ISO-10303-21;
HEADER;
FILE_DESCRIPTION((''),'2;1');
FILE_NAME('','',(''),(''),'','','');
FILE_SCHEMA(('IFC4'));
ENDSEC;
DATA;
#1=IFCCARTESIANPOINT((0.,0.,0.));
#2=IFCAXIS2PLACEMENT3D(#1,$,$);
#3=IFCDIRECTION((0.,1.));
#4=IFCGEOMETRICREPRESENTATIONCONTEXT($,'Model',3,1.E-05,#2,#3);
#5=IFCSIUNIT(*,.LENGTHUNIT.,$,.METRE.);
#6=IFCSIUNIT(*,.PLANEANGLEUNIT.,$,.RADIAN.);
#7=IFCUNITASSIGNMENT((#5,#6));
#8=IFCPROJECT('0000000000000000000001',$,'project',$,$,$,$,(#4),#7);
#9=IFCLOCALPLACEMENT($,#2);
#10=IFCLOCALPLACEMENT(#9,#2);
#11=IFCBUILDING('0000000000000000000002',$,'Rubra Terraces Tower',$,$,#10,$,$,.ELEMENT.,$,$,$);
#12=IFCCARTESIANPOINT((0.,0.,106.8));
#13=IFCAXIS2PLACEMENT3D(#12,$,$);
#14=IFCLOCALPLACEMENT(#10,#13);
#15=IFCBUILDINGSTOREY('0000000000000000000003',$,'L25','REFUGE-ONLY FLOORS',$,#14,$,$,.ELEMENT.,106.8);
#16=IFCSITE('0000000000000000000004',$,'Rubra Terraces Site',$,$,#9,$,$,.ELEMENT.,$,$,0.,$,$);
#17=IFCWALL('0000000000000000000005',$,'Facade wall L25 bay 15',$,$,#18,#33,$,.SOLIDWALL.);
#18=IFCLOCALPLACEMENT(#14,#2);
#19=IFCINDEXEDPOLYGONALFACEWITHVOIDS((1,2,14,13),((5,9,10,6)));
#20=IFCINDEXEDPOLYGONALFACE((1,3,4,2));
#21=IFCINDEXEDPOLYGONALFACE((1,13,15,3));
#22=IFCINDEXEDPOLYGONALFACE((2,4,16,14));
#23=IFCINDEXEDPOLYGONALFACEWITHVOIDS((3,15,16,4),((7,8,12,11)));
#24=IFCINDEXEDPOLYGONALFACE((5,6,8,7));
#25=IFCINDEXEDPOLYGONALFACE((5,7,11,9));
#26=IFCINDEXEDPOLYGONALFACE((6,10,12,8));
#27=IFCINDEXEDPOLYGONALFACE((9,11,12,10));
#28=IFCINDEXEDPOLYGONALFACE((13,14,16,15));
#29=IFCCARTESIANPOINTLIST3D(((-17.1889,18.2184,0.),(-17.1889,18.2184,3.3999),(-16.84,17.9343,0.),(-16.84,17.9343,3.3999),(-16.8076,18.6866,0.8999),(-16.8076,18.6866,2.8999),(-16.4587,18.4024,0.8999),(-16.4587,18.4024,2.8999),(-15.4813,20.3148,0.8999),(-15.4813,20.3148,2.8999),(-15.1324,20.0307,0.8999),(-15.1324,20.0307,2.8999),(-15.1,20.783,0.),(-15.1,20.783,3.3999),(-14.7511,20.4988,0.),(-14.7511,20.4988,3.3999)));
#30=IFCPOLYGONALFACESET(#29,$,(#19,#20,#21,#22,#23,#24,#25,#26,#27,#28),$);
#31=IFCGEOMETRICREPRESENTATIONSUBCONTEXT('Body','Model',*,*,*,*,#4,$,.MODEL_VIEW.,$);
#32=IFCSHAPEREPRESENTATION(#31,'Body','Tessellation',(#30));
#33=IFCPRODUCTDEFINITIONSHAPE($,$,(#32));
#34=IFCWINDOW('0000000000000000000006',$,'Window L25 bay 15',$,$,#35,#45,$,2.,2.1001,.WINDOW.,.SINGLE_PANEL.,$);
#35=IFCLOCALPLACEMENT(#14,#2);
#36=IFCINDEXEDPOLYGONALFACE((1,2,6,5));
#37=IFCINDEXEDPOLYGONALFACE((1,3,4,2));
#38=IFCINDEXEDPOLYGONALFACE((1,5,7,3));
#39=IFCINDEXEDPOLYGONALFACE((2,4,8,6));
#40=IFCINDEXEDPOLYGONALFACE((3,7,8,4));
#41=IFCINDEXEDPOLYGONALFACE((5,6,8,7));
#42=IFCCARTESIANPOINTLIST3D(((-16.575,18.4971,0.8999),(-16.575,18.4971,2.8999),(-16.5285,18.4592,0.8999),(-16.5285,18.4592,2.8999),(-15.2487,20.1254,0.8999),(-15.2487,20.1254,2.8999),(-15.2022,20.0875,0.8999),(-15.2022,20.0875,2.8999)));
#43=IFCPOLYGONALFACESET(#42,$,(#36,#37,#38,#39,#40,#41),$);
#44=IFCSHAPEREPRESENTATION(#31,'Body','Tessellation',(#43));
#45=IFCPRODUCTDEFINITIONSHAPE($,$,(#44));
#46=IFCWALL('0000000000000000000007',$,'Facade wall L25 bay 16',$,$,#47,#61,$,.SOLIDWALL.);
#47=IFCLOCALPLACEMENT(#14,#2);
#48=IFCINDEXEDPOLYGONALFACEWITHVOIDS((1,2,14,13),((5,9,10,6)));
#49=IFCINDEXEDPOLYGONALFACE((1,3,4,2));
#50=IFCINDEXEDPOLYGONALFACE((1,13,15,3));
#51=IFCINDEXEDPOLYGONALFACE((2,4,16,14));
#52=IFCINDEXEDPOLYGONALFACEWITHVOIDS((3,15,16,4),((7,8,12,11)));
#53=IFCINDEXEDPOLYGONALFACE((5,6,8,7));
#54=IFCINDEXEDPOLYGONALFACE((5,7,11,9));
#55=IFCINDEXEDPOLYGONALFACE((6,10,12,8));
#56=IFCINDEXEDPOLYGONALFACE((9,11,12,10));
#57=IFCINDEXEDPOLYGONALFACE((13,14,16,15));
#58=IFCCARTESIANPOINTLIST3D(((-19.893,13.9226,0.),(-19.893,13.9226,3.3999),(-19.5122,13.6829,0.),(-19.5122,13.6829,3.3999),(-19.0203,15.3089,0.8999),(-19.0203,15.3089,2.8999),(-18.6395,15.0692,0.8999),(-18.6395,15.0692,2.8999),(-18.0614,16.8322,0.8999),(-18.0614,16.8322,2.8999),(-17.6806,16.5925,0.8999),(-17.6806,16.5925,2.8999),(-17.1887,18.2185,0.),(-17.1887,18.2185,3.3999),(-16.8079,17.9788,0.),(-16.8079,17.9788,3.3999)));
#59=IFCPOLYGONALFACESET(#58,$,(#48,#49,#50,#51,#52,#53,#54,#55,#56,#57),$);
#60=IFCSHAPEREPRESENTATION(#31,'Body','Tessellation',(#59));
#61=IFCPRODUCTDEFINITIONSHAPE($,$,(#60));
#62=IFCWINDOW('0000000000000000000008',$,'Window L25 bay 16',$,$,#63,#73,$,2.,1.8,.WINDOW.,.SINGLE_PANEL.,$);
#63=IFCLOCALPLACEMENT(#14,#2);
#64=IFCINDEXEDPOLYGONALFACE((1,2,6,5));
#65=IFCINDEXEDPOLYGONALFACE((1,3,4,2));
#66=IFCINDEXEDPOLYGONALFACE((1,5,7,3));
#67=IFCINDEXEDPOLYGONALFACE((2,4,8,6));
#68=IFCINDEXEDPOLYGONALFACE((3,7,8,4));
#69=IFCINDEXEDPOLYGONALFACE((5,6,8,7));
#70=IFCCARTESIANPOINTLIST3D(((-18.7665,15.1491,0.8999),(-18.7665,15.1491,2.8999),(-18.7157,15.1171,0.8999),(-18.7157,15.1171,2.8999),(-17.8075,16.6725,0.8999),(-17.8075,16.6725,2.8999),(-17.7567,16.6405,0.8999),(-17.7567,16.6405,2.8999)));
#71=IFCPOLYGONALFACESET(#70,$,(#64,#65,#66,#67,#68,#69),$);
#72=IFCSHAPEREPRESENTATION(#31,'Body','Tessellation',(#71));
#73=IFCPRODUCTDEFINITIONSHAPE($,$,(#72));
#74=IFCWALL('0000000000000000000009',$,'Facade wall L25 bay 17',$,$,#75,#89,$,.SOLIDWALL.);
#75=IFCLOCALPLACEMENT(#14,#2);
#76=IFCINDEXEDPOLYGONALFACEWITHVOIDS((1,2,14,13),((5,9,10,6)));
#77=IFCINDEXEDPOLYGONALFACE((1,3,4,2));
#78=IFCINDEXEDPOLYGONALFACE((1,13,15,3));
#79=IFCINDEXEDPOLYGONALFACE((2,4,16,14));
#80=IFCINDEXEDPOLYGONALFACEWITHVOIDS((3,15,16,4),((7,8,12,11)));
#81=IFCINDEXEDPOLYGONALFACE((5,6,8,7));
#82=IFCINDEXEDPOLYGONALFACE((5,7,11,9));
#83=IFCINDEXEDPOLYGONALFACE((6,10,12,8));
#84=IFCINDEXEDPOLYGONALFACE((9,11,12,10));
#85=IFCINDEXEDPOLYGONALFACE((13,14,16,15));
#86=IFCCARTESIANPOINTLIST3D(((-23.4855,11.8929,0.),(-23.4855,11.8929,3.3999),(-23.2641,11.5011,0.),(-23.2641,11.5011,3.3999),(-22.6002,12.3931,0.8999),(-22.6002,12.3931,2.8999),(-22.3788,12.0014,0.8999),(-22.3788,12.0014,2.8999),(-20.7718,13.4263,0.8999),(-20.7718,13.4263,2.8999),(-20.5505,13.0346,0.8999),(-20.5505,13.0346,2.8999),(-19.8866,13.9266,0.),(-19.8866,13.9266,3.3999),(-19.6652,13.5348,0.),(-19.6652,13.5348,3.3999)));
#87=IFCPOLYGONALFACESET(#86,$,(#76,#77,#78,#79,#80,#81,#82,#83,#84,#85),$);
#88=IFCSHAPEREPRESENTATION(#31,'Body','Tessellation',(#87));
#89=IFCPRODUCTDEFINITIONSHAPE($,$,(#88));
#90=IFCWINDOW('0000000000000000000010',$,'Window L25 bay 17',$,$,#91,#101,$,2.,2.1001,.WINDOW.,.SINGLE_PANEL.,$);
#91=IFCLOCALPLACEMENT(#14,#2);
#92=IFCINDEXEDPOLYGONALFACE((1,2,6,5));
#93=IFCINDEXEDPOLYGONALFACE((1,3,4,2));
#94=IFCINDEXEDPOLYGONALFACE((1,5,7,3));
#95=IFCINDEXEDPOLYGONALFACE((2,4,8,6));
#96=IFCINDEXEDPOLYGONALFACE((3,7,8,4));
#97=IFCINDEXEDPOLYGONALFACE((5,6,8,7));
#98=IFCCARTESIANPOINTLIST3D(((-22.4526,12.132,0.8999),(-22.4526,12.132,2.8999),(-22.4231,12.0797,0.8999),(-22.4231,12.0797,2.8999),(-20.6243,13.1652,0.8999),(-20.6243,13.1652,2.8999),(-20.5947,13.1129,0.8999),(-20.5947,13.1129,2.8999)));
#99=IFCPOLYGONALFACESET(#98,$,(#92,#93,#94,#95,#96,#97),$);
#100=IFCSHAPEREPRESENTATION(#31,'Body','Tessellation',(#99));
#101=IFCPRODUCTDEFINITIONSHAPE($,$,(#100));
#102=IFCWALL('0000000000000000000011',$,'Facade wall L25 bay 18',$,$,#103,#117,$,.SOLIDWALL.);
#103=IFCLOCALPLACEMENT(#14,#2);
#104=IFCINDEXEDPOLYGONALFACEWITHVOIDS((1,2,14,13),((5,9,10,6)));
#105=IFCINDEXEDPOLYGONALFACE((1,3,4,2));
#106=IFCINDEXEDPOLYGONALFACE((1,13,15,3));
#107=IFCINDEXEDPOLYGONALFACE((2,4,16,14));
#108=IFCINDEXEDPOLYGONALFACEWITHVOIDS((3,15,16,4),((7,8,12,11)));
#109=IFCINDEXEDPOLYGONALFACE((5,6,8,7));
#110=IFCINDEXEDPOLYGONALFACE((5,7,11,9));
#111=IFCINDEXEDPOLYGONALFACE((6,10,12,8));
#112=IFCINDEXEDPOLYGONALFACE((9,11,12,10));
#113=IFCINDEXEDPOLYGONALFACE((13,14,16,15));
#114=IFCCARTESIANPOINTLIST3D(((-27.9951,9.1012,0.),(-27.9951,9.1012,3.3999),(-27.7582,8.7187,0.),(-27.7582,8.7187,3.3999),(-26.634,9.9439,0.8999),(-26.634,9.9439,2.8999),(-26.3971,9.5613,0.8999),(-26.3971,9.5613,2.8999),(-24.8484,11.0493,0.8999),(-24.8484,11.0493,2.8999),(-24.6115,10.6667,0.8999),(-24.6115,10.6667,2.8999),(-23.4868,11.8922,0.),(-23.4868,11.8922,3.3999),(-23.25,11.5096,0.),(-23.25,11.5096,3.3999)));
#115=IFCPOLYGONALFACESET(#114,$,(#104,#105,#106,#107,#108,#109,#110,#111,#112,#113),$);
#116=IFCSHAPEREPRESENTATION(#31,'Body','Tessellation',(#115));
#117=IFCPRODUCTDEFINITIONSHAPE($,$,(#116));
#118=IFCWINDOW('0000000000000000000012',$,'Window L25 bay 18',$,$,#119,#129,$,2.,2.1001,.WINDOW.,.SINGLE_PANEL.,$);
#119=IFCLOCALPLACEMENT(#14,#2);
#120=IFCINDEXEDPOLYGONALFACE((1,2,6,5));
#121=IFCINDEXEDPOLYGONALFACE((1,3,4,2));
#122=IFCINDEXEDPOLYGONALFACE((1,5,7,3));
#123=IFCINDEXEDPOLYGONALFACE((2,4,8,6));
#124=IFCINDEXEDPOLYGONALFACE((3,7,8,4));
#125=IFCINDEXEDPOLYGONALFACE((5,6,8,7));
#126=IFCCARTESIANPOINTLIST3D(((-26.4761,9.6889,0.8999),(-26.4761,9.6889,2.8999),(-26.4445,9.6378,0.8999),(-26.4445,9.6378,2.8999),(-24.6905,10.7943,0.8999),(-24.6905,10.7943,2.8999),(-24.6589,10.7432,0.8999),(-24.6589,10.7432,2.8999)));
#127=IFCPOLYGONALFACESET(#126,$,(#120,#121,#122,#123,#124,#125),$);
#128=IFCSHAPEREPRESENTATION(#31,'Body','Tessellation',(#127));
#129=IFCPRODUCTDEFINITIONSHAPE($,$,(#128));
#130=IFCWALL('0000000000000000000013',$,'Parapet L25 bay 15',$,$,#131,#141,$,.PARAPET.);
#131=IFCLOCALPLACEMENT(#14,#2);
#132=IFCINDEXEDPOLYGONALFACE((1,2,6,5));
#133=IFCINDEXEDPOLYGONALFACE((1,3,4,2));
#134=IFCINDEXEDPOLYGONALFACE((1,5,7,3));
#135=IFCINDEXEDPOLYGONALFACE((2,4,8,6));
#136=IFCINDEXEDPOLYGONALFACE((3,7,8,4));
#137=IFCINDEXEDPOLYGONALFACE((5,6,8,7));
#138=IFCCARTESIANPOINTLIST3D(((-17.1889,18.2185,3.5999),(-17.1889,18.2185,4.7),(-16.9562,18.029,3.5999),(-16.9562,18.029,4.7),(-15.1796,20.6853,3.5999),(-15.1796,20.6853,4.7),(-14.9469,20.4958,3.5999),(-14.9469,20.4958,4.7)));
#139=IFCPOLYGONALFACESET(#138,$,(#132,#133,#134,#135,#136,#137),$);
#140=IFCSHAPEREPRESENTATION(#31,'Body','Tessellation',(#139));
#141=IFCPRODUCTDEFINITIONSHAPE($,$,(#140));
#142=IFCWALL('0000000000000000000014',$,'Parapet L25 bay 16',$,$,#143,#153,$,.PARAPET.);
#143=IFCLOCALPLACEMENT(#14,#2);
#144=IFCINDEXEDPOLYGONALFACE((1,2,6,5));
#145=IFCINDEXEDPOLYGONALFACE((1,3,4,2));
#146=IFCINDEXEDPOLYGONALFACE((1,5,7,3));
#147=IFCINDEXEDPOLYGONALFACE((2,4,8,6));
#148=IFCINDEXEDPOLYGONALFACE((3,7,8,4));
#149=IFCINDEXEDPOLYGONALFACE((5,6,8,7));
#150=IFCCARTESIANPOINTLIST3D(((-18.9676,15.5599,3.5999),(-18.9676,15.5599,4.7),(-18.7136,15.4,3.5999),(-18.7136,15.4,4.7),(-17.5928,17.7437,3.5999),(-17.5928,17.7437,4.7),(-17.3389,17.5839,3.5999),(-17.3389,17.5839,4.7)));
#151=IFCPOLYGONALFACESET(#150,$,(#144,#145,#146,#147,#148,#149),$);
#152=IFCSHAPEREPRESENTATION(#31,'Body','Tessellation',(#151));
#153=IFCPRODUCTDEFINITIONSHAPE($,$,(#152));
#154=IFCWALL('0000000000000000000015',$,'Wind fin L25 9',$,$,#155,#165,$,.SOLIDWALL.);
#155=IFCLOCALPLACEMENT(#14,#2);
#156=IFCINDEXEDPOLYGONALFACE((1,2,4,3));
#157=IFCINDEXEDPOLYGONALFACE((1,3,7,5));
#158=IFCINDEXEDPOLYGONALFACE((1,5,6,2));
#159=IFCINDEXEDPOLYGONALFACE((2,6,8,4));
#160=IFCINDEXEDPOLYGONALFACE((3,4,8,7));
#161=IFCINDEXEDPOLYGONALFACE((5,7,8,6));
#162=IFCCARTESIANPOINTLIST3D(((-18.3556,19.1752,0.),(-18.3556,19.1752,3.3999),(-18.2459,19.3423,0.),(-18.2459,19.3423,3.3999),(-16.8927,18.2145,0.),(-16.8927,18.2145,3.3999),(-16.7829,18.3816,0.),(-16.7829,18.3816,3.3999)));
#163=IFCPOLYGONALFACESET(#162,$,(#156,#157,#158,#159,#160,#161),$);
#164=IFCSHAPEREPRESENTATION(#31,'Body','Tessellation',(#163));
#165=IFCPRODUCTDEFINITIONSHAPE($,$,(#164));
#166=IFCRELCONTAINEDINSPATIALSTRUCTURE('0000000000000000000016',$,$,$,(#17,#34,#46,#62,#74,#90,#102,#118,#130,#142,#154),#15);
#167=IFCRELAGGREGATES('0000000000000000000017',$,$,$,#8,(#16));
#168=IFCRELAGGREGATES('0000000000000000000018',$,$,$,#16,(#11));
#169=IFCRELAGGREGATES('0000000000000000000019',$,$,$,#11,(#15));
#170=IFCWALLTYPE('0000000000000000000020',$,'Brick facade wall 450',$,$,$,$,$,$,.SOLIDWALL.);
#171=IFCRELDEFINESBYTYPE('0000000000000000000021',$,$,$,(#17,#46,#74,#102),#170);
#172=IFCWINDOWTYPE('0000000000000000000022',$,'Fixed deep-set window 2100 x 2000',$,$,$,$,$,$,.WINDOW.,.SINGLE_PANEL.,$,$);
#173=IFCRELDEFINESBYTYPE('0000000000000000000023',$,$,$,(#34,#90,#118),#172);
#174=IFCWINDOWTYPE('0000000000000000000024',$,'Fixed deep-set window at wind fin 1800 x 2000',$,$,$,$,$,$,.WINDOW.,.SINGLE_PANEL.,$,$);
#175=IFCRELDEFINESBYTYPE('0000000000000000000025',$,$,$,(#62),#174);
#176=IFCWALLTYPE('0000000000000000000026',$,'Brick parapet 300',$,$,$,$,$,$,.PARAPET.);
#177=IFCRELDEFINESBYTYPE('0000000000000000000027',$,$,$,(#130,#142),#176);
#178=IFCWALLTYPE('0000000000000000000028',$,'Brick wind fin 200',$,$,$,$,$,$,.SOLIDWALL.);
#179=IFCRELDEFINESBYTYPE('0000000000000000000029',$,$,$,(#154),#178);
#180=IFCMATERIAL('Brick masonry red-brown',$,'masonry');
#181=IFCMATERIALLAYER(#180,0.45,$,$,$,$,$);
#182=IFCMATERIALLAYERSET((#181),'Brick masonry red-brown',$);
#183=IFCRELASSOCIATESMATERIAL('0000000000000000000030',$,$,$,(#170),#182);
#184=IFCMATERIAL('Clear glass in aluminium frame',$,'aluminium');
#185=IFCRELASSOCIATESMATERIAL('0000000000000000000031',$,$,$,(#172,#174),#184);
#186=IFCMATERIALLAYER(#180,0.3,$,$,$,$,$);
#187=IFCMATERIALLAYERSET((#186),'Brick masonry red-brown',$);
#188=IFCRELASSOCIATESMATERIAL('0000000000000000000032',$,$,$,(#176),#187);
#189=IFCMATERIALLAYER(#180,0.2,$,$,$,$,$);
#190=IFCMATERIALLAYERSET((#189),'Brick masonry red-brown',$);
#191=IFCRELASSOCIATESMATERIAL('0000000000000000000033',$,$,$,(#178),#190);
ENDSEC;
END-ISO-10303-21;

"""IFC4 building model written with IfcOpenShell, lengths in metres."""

from ifc_helpers import new_model, si_unit, direction, frame, frame_2d, origin, place, context, subcontext, project, spatial, rectangle, extrude, material, layer, layer_set, type_object, element, fill, save


model = new_model("IFC4")

# Units and contexts
model_context = context("Model", 3, precision=1e-05, world=origin(), true_north=direction((0.0, 1.0)))
body_context = subcontext(model_context, "Body", "Model", "MODEL_VIEW")
ifc_project = project(units=[si_unit("LENGTHUNIT", "METRE"), si_unit("PLANEANGLEUNIT", "RADIAN")], contexts=[model_context])

# Site, building, storey
site_placement = place(None, origin())
site = spatial("IfcSite", under=ifc_project, at=site_placement, Name="Rubra Terraces Site", CompositionType="ELEMENT", RefElevation=0.0)
building_placement = place(site_placement, origin())
building = spatial("IfcBuilding", under=site, at=building_placement, Name="Rubra Terraces Tower", CompositionType="ELEMENT")
storey_placement = place(building_placement, frame((0.0, 0.0, 106.8)))
storey = spatial("IfcBuildingStorey", under=building, at=storey_placement, Name="L25", Description="REFUGE-ONLY FLOORS", CompositionType="ELEMENT", Elevation=106.8)

# Walls, openings, windows
ifc_material_1 = material(Name="Brick masonry red-brown", Category="masonry")
ifc_layer_1 = layer(ifc_material_1, 0.45)
ifc_layer_set_1 = layer_set([ifc_layer_1], Name="Brick masonry red-brown")
wall_type_1 = type_object("IfcWallType", Name="Brick facade wall 450", PredefinedType="SOLIDWALL", material=ifc_layer_set_1)
wall_1_placement = place(storey_placement, frame((-14.9255, 20.6409, 0.0), z_axis=(0.0, 0.0, 1.0), x_axis=(-0.631548, -0.775337, 0.0)))
wall_1 = element("IfcWall", 1, at=wall_1_placement, inside=storey, type_object=wall_type_1, Name="Facade wall L25 bay 15", PredefinedType="SOLIDWALL", context=body_context, shape_type="SweptSolid", body=[
    extrude(rectangle(XDim=3.3076, YDim=0.45, at=frame_2d((1.6538, 0.0))), origin(), (0.0, 0.0, 1.0), 3.3999),
])
opening_1_placement = place(wall_1_placement, frame((0.6038, 0.0, 0.8999)))
opening_1 = element("IfcOpeningElement", 2, at=opening_1_placement, cuts=wall_1, PredefinedType="OPENING", context=body_context, shape_type="SweptSolid", body=[
    extrude(rectangle(XDim=2.1001, YDim=2.0, at=frame_2d((1.05, 1.0))), frame((0.0, 0.2349, 0.0), z_axis=(0.0, -1.0, 0.0), x_axis=(1.0, 0.0, 0.0)), (0.0, 0.0, 1.0), 0.47),
])
ifc_material_2 = material(Name="Clear glass in aluminium frame", Category="aluminium")
window_type_1 = type_object("IfcWindowType", Name="Fixed deep-set window 2100 x 2000", PartitioningType="SINGLE_PANEL", PredefinedType="WINDOW", material=ifc_material_2)
window_1_placement = place(opening_1_placement, origin())
window_1 = element("IfcWindow", 3, at=window_1_placement, inside=storey, type_object=window_type_1, Name="Window L25 bay 15", OverallHeight=2.0, OverallWidth=2.1001, PartitioningType="SINGLE_PANEL", PredefinedType="WINDOW", context=body_context, shape_type="SweptSolid", body=[
    extrude(rectangle(XDim=2.1001, YDim=2.0, at=frame_2d((1.05, 1.0))), frame((0.0, 0.135, 0.0), z_axis=(0.0, -1.0, 0.0), x_axis=(1.0, 0.0, 0.0)), (0.0, 0.0, 1.0), 0.0601),
])
fill(opening_1, window_1)
wall_2_placement = place(storey_placement, frame((-16.9983, 18.0986, 0.0), z_axis=(0.0, 0.0, 1.0), x_axis=(-0.532746, -0.846275, 0.0)))
wall_2 = element("IfcWall", 4, at=wall_2_placement, inside=storey, type_object=wall_type_1, Name="Facade wall L25 bay 16", PredefinedType="SOLIDWALL", context=body_context, shape_type="SweptSolid", body=[
    extrude(rectangle(XDim=5.0762, YDim=0.45, at=frame_2d((2.5381, 0.0))), origin(), (0.0, 0.0, 1.0), 3.3999),
])
opening_2_placement = place(wall_2_placement, frame((1.6382, 0.0, 0.8999)))
opening_2 = element("IfcOpeningElement", 5, at=opening_2_placement, cuts=wall_2, PredefinedType="OPENING", context=body_context, shape_type="SweptSolid", body=[
    extrude(rectangle(XDim=1.8, YDim=2.0, at=frame_2d((0.8999, 1.0))), frame((0.0, 0.2349, 0.0), z_axis=(0.0, -1.0, 0.0), x_axis=(1.0, 0.0, 0.0)), (0.0, 0.0, 1.0), 0.47),
])
window_type_2 = type_object("IfcWindowType", Name="Fixed deep-set window at wind fin 1800 x 2000", PartitioningType="SINGLE_PANEL", PredefinedType="WINDOW", material=ifc_material_2)
window_2_placement = place(opening_2_placement, origin())
window_2 = element("IfcWindow", 6, at=window_2_placement, inside=storey, type_object=window_type_2, Name="Window L25 bay 16", OverallHeight=2.0, OverallWidth=1.8, PartitioningType="SINGLE_PANEL", PredefinedType="WINDOW", context=body_context, shape_type="SweptSolid", body=[
    extrude(rectangle(XDim=1.8, YDim=2.0, at=frame_2d((0.8999, 1.0))), frame((0.0, 0.135, 0.0), z_axis=(0.0, -1.0, 0.0), x_axis=(1.0, 0.0, 0.0)), (0.0, 0.0, 1.0), 0.0601),
])
fill(opening_2, window_2)
wall_3_placement = place(storey_placement, frame((-19.7759, 13.7307, 0.0), z_axis=(0.0, 0.0, 1.0), x_axis=(-0.87061, -0.491974, 0.0)))
wall_3 = element("IfcWall", 7, at=wall_3_placement, inside=storey, type_object=wall_type_1, Name="Facade wall L25 bay 17", PredefinedType="SOLIDWALL", context=body_context, shape_type="SweptSolid", body=[
    extrude(rectangle(XDim=4.1338, YDim=0.45, at=frame_2d((2.0669, 0.0))), origin(), (0.0, 0.0, 1.0), 3.3999),
])
opening_3_placement = place(wall_3_placement, frame((1.0168, 0.0, 0.8999)))
opening_3 = element("IfcOpeningElement", 8, at=opening_3_placement, cuts=wall_3, PredefinedType="OPENING", context=body_context, shape_type="SweptSolid", body=[
    extrude(rectangle(XDim=2.1001, YDim=2.0, at=frame_2d((1.05, 1.0))), frame((0.0, 0.2349, 0.0), z_axis=(0.0, -1.0, 0.0), x_axis=(1.0, 0.0, 0.0)), (0.0, 0.0, 1.0), 0.47),
])
window_3_placement = place(opening_3_placement, origin())
window_3 = element("IfcWindow", 9, at=window_3_placement, inside=storey, type_object=window_type_1, Name="Window L25 bay 17", OverallHeight=2.0, OverallWidth=2.1001, PartitioningType="SINGLE_PANEL", PredefinedType="WINDOW", context=body_context, shape_type="SweptSolid", body=[
    extrude(rectangle(XDim=2.1001, YDim=2.0, at=frame_2d((1.05, 1.0))), frame((0.0, 0.135, 0.0), z_axis=(0.0, -1.0, 0.0), x_axis=(1.0, 0.0, 0.0)), (0.0, 0.0, 1.0), 0.0601),
])
fill(opening_3, window_3)
wall_4_placement = place(storey_placement, frame((-23.3684, 11.7009, 0.0), z_axis=(0.0, 0.0, 1.0), x_axis=(-0.850251, -0.526377, 0.0)))
wall_4 = element("IfcWall", 10, at=wall_4_placement, inside=storey, type_object=wall_type_1, Name="Facade wall L25 bay 18", PredefinedType="SOLIDWALL", context=body_context, shape_type="SweptSolid", body=[
    extrude(rectangle(XDim=5.3022, YDim=0.45, at=frame_2d((2.6511, 0.0))), origin(), (0.0, 0.0, 1.0), 3.3999),
])
opening_4_placement = place(wall_4_placement, frame((1.6013, 0.0, 0.8999)))
opening_4 = element("IfcOpeningElement", 11, at=opening_4_placement, cuts=wall_4, PredefinedType="OPENING", context=body_context, shape_type="SweptSolid", body=[
    extrude(rectangle(XDim=2.1001, YDim=2.0, at=frame_2d((1.05, 1.0))), frame((0.0, 0.2349, 0.0), z_axis=(0.0, -1.0, 0.0), x_axis=(1.0, 0.0, 0.0)), (0.0, 0.0, 1.0), 0.47),
])
window_4_placement = place(opening_4_placement, origin())
window_4 = element("IfcWindow", 12, at=window_4_placement, inside=storey, type_object=window_type_1, Name="Window L25 bay 18", OverallHeight=2.0, OverallWidth=2.1001, PartitioningType="SINGLE_PANEL", PredefinedType="WINDOW", context=body_context, shape_type="SweptSolid", body=[
    extrude(rectangle(XDim=2.1001, YDim=2.0, at=frame_2d((1.05, 1.0))), frame((0.0, 0.135, 0.0), z_axis=(0.0, -1.0, 0.0), x_axis=(1.0, 0.0, 0.0)), (0.0, 0.0, 1.0), 0.0601),
])
fill(opening_4, window_4)

# Walls
ifc_layer_2 = layer(ifc_material_1, 0.3)
ifc_layer_set_2 = layer_set([ifc_layer_2], Name="Brick masonry red-brown")
wall_type_2 = type_object("IfcWallType", Name="Brick parapet 300", PredefinedType="PARAPET", material=ifc_layer_set_2)
wall_5_placement = place(storey_placement, frame((-15.0632, 20.5906, 3.5999), z_axis=(0.0, 0.0, 1.0), x_axis=(-0.63154, -0.775344, 0.0)))
element("IfcWall", 13, at=wall_5_placement, inside=storey, type_object=wall_type_2, Name="Parapet L25 bay 15", PredefinedType="PARAPET", context=body_context, shape_type="SweptSolid", body=[
    extrude(rectangle(XDim=3.1816, YDim=0.3, at=frame_2d((1.5908, 0.0))), origin(), (0.0, 0.0, 1.0), 1.1001),
])
wall_6_placement = place(storey_placement, frame((-17.4658, 17.6638, 3.5999), z_axis=(0.0, 0.0, 1.0), x_axis=(-0.532743, -0.846277, 0.0)))
element("IfcWall", 14, at=wall_6_placement, inside=storey, type_object=wall_type_2, Name="Parapet L25 bay 16", PredefinedType="PARAPET", context=body_context, shape_type="SweptSolid", body=[
    extrude(rectangle(XDim=2.5806, YDim=0.3, at=frame_2d((1.2903, 0.0))), origin(), (0.0, 0.0, 1.0), 1.1001),
])
ifc_layer_3 = layer(ifc_material_1, 0.2)
ifc_layer_set_3 = layer_set([ifc_layer_3], Name="Brick masonry red-brown")
wall_type_3 = type_object("IfcWallType", Name="Brick wind fin 200", PredefinedType="SOLIDWALL", material=ifc_layer_set_3)
wall_7_placement = place(storey_placement, frame((-16.8379, 18.2981, 0.0), z_axis=(0.0, 0.0, 1.0), x_axis=(-0.835872, 0.548925, 0.0)))
element("IfcWall", 15, at=wall_7_placement, inside=storey, type_object=wall_type_3, Name="Wind fin L25 9", PredefinedType="SOLIDWALL", context=body_context, shape_type="SweptSolid", body=[
    extrude(rectangle(XDim=1.7502, YDim=0.2, at=frame_2d((0.875, 0.0))), origin(), (0.0, 0.0, 1.0), 3.3999),
])

save(model, "model.ifc")
